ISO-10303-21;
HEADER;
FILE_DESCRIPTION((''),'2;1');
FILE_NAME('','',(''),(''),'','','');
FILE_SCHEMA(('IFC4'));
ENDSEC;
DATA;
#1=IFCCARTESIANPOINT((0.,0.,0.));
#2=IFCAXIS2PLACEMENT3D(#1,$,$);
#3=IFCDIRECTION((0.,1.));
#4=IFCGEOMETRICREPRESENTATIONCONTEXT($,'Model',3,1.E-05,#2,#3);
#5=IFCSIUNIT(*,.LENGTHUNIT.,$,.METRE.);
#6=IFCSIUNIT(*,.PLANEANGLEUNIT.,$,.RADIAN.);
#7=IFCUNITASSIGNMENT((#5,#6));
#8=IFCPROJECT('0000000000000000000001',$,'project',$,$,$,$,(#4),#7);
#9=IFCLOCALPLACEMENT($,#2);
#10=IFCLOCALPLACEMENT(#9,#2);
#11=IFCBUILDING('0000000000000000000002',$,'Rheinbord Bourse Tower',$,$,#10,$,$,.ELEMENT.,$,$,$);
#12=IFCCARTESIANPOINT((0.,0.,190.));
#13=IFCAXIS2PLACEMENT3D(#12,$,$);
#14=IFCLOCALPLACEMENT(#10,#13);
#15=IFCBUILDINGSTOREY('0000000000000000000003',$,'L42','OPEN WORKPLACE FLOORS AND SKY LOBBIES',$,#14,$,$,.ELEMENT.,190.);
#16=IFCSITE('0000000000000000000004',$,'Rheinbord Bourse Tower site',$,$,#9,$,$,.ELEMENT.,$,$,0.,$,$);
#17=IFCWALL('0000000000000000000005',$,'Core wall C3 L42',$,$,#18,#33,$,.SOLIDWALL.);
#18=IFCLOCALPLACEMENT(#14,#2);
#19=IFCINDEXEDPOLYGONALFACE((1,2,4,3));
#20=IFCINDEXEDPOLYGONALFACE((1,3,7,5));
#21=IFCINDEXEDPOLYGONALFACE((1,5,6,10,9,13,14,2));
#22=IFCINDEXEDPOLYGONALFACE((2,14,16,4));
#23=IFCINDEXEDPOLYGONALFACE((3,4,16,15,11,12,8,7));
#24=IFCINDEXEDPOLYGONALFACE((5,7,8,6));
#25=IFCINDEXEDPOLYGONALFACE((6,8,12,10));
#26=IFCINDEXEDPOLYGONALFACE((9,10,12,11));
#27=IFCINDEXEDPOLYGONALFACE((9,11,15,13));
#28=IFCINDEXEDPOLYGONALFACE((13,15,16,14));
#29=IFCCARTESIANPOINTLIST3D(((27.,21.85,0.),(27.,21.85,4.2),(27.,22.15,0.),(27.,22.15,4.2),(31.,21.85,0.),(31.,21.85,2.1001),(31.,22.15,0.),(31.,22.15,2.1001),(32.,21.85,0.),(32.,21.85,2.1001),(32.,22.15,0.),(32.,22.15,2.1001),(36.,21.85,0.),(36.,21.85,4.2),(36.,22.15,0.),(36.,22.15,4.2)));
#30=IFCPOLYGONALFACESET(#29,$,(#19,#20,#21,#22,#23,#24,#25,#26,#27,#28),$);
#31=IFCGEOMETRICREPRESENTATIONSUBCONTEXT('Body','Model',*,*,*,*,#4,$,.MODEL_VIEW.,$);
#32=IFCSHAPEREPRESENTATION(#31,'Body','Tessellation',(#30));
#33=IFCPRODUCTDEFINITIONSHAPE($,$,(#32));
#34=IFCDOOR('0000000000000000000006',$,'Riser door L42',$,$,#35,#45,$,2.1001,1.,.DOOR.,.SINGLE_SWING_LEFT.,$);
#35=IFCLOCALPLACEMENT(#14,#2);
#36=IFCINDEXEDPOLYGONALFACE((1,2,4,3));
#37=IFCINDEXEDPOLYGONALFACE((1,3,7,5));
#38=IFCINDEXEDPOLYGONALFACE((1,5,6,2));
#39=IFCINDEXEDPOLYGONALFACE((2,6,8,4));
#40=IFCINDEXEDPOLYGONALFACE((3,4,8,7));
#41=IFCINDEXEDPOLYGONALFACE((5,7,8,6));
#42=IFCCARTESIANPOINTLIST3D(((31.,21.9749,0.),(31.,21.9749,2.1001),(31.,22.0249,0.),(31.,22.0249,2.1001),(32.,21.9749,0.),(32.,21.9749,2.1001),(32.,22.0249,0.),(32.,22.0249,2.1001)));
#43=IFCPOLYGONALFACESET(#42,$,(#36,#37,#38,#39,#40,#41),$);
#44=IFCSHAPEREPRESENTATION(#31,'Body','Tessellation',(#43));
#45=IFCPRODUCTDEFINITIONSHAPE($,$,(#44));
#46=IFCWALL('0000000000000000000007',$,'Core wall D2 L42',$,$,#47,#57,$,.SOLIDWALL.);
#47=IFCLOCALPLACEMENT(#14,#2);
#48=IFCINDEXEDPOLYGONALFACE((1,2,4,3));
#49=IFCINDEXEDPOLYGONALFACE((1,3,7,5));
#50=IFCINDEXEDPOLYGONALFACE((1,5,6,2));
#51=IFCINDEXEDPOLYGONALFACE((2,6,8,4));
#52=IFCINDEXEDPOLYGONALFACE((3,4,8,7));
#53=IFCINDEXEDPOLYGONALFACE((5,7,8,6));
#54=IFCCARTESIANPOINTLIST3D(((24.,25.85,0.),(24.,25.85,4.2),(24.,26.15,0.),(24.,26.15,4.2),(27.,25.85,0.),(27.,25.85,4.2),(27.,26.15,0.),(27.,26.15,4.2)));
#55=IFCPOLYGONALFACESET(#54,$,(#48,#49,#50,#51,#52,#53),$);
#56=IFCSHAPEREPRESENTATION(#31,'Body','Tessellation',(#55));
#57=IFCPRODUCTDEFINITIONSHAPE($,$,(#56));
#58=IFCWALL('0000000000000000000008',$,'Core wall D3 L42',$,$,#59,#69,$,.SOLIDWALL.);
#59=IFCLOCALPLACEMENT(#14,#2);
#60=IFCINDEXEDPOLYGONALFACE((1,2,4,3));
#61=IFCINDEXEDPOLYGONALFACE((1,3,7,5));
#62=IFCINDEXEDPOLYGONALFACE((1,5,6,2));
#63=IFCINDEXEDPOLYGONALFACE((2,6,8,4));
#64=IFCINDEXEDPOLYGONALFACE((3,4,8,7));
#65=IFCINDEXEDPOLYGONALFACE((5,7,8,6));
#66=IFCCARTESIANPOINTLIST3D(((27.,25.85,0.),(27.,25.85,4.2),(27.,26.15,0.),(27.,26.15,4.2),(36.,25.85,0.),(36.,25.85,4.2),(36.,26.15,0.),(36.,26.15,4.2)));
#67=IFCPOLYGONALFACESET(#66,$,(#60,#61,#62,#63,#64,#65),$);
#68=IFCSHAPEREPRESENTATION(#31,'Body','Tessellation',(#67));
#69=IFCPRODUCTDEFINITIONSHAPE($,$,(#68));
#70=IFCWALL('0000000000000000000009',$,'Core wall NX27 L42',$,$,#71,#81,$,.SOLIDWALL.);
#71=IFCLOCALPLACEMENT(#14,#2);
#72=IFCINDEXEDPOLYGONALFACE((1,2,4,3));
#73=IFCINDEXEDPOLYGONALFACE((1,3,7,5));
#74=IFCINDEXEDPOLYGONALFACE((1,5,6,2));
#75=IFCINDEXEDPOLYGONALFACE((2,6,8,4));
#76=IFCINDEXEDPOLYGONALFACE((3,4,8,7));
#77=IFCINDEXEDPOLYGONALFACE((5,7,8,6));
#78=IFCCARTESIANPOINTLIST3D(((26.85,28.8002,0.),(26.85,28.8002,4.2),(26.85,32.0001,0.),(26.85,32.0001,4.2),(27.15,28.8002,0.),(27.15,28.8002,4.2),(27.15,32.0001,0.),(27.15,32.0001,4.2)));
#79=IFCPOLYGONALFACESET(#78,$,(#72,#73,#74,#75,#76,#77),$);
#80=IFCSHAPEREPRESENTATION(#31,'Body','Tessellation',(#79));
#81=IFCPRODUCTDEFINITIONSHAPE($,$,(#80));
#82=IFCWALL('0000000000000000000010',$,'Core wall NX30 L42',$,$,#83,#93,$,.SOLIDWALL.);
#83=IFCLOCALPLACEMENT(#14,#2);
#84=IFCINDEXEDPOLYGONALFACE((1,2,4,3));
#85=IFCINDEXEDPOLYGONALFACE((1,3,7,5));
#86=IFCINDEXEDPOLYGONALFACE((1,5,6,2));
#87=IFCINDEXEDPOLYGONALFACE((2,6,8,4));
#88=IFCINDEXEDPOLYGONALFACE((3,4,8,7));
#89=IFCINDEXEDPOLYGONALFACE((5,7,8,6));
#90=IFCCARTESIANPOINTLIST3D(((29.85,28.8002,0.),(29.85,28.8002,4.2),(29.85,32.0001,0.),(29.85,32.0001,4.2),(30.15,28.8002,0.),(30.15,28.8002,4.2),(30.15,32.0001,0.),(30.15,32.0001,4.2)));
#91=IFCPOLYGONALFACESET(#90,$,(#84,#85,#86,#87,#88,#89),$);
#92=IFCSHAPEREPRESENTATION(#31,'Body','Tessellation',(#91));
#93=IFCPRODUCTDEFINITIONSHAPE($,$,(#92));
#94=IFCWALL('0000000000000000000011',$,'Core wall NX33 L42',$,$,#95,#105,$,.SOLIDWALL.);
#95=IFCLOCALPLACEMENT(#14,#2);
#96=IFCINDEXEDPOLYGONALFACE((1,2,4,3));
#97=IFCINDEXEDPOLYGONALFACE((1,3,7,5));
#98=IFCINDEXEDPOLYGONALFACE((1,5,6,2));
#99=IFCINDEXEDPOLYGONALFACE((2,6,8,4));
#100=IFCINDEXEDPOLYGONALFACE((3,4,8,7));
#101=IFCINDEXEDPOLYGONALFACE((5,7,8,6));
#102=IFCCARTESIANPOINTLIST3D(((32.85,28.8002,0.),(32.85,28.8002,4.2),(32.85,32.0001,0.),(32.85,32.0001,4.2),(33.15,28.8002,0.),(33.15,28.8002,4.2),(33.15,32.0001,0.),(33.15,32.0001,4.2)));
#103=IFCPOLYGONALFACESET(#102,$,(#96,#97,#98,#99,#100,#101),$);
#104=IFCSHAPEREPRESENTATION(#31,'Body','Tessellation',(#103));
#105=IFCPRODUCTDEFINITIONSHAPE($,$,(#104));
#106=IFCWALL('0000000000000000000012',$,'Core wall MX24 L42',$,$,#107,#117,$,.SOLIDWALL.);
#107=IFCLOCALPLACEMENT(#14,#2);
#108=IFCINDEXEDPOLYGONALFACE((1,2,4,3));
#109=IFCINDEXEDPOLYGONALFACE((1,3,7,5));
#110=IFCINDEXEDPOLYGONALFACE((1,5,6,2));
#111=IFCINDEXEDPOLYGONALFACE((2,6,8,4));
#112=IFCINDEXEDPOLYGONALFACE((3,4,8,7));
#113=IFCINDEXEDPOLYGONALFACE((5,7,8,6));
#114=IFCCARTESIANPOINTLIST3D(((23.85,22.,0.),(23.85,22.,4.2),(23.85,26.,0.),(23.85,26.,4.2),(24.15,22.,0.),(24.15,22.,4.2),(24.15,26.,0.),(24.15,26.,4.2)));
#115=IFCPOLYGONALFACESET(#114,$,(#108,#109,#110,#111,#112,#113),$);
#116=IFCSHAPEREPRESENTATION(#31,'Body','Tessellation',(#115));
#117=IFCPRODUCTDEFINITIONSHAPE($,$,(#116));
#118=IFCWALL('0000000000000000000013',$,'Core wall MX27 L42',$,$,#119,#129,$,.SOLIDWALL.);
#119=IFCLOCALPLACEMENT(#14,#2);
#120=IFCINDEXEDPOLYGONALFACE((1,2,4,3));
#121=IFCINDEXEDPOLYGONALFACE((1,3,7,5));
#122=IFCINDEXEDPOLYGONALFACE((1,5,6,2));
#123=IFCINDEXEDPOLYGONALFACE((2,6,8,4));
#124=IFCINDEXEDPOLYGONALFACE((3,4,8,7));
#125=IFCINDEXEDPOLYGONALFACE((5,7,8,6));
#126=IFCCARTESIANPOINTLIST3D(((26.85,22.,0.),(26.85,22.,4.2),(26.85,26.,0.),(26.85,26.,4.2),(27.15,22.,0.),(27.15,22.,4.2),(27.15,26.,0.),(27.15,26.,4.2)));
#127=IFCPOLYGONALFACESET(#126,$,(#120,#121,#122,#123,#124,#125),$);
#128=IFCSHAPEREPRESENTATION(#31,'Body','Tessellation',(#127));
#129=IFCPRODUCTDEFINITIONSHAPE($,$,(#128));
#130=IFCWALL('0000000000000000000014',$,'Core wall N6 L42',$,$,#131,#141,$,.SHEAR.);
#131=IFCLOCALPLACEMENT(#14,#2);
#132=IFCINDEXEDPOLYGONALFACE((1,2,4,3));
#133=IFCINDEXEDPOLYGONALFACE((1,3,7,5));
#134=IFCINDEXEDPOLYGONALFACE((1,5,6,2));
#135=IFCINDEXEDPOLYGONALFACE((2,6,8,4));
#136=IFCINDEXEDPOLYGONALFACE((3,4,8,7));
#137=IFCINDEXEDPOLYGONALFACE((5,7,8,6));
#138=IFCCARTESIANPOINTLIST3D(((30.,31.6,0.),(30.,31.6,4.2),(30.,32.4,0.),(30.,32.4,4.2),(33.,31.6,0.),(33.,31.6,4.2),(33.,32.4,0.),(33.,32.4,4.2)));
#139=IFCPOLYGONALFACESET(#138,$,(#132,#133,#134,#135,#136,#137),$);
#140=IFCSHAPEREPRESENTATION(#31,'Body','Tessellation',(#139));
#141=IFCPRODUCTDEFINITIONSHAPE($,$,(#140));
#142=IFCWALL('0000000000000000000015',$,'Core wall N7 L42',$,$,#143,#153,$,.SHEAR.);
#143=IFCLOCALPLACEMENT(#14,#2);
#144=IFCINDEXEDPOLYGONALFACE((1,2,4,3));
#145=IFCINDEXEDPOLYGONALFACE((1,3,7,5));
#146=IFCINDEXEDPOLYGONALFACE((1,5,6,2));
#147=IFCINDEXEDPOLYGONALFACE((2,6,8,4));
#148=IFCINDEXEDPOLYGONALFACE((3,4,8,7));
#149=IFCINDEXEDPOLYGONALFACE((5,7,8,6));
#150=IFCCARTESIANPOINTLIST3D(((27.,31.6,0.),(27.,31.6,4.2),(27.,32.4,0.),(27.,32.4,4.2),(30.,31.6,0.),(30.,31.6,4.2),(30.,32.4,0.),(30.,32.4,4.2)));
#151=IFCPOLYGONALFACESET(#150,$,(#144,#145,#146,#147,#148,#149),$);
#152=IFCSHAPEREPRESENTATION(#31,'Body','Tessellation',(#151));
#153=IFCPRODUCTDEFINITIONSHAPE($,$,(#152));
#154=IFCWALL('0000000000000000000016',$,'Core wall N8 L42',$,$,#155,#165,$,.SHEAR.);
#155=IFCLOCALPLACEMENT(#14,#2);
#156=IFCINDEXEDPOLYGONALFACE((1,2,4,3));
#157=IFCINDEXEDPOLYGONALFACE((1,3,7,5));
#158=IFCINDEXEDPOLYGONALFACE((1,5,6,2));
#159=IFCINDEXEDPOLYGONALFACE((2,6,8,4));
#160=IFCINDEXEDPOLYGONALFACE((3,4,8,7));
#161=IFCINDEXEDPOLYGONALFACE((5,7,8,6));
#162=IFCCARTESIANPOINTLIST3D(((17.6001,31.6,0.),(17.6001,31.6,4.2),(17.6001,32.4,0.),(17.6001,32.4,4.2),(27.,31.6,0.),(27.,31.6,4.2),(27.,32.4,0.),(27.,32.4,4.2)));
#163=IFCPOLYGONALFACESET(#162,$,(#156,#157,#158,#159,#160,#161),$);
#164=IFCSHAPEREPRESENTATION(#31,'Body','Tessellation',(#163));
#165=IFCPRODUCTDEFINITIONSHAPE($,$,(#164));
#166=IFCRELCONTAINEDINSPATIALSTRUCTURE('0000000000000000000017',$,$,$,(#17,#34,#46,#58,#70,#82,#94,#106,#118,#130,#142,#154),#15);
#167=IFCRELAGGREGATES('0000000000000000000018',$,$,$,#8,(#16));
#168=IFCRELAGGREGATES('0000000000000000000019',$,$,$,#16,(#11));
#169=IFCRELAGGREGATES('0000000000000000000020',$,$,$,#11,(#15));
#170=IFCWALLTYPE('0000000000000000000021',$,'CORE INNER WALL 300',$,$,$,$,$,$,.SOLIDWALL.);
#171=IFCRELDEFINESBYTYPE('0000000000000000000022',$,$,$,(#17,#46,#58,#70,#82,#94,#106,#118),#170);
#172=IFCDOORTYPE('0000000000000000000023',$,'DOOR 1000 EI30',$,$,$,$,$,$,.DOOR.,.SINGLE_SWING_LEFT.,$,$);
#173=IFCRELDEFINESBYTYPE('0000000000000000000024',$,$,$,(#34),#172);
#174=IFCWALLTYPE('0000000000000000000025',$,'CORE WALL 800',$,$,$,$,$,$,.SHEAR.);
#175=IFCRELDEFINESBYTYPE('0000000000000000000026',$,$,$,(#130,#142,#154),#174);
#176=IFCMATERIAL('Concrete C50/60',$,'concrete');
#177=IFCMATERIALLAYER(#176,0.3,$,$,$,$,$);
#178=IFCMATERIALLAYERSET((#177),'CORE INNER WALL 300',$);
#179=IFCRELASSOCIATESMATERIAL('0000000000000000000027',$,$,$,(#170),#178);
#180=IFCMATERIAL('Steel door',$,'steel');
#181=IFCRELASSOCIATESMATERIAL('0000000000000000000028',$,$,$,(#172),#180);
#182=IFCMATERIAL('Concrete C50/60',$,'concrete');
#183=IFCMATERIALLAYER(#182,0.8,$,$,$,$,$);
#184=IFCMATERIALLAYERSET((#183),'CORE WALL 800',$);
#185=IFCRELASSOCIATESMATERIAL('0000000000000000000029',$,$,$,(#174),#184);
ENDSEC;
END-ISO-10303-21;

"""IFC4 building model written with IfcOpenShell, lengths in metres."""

from ifc_helpers import new_model, si_unit, direction, frame, frame_2d, origin, place, context, subcontext, project, spatial, rectangle, extrude, material, layer, layer_set, type_object, element, fill, save


model = new_model("IFC4")

# Units and contexts
model_context = context("Model", 3, precision=1e-05, world=origin(), true_north=direction((0.0, 1.0)))
body_context = subcontext(model_context, "Body", "Model", "MODEL_VIEW")
ifc_project = project(units=[si_unit("LENGTHUNIT", "METRE"), si_unit("PLANEANGLEUNIT", "RADIAN")], contexts=[model_context])

# Site, building, storey
site_placement = place(None, origin())
site = spatial("IfcSite", under=ifc_project, at=site_placement, Name="Rheinbord Bourse Tower site", CompositionType="ELEMENT", RefElevation=0.0)
building_placement = place(site_placement, origin())
building = spatial("IfcBuilding", under=site, at=building_placement, Name="Rheinbord Bourse Tower", CompositionType="ELEMENT")
storey_placement = place(building_placement, frame((0.0, 0.0, 190.0)))
storey = spatial("IfcBuildingStorey", under=building, at=storey_placement, Name="L42", Description="OPEN WORKPLACE FLOORS AND SKY LOBBIES", CompositionType="ELEMENT", Elevation=190.0)

# Wall, opening, door
ifc_material_1 = material(Name="Concrete C50/60", Category="concrete")
ifc_layer_1 = layer(ifc_material_1, 0.3)
ifc_layer_set_1 = layer_set([ifc_layer_1], Name="CORE INNER WALL 300")
wall_type_1 = type_object("IfcWallType", Name="CORE INNER WALL 300", PredefinedType="SOLIDWALL", material=ifc_layer_set_1)
wall_1_placement = place(storey_placement, frame((27.0, 22.0, 0.0), z_axis=(0.0, 0.0, 1.0), x_axis=(1.0, 0.0, 0.0)))
wall_1 = element("IfcWall", 1, at=wall_1_placement, inside=storey, type_object=wall_type_1, Name="Core wall C3 L42", PredefinedType="SOLIDWALL", context=body_context, shape_type="SweptSolid", body=[
    extrude(rectangle(XDim=9.0, YDim=0.3, at=frame_2d((4.5, 0.0))), origin(), (0.0, 0.0, 1.0), 4.2),
])
opening_1_placement = place(wall_1_placement, frame((4.0, 0.0, 0.0)))
opening_1 = element("IfcOpeningElement", 2, at=opening_1_placement, cuts=wall_1, PredefinedType="OPENING", context=body_context, shape_type="SweptSolid", body=[
    extrude(rectangle(XDim=1.0, YDim=2.1001, at=frame_2d((0.5, 1.05))), frame((0.0, 0.1599, 0.0), z_axis=(0.0, -1.0, 0.0), x_axis=(1.0, 0.0, 0.0)), (0.0, 0.0, 1.0), 0.3201),
])
ifc_material_2 = material(Name="Steel door", Category="steel")
door_type_1 = type_object("IfcDoorType", Name="DOOR 1000 EI30", OperationType="SINGLE_SWING_LEFT", PredefinedType="DOOR", material=ifc_material_2)
door_1_placement = place(opening_1_placement, origin())
door_1 = element("IfcDoor", 3, at=door_1_placement, inside=storey, type_object=door_type_1, Name="Riser door L42", OperationType="SINGLE_SWING_LEFT", OverallHeight=2.1001, OverallWidth=1.0, PredefinedType="DOOR", context=body_context, shape_type="SweptSolid", body=[
    extrude(rectangle(XDim=1.0, YDim=2.1001, at=frame_2d((0.5, 1.05))), frame((0.0, 0.0249, 0.0), z_axis=(0.0, -1.0, 0.0), x_axis=(1.0, 0.0, 0.0)), (0.0, 0.0, 1.0), 0.05),
])
fill(opening_1, door_1)

# Walls
wall_2_placement = place(storey_placement, frame((24.0, 26.0, 0.0), z_axis=(0.0, 0.0, 1.0), x_axis=(1.0, 0.0, 0.0)))
element("IfcWall", 4, at=wall_2_placement, inside=storey, type_object=wall_type_1, Name="Core wall D2 L42", PredefinedType="SOLIDWALL", context=body_context, shape_type="SweptSolid", body=[
    extrude(rectangle(XDim=3.0, YDim=0.3, at=frame_2d((1.5, 0.0))), origin(), (0.0, 0.0, 1.0), 4.2),
])
wall_3_placement = place(storey_placement, frame((27.0, 26.0, 0.0), z_axis=(0.0, 0.0, 1.0), x_axis=(1.0, 0.0, 0.0)))
element("IfcWall", 5, at=wall_3_placement, inside=storey, type_object=wall_type_1, Name="Core wall D3 L42", PredefinedType="SOLIDWALL", context=body_context, shape_type="SweptSolid", body=[
    extrude(rectangle(XDim=9.0, YDim=0.3, at=frame_2d((4.5, 0.0))), origin(), (0.0, 0.0, 1.0), 4.2),
])
for number, where, z_axis, x_axis, name in (
    (6, (27.0, 28.8, 0.0), (0.0, 0.0, 1.0), (0.0, 1.0, 0.0), "Core wall NX27 L42"),
    (7, (30.0, 28.8, 0.0), (0.0, 0.0, 1.0), (0.0, 1.0, 0.0), "Core wall NX30 L42"),
    (8, (33.0, 28.8, 0.0), (0.0, 0.0, 1.0), (0.0, 1.0, 0.0), "Core wall NX33 L42"),
):
    element("IfcWall", number, at=place(storey_placement, frame(where, z_axis=z_axis, x_axis=x_axis)), inside=storey, type_object=wall_type_1, Name=name, PredefinedType="SOLIDWALL", context=body_context, shape_type="SweptSolid", body=[
        extrude(rectangle(XDim=3.2, YDim=0.3, at=frame_2d((1.6001, 0.0))), origin(), (0.0, 0.0, 1.0), 4.2),
    ])
for number, where, z_axis, x_axis, name in (
    (9, (24.0, 22.0, 0.0), (0.0, 0.0, 1.0), (0.0, 1.0, 0.0), "Core wall MX24 L42"),
    (10, (27.0, 22.0, 0.0), (0.0, 0.0, 1.0), (0.0, 1.0, 0.0), "Core wall MX27 L42"),
):
    element("IfcWall", number, at=place(storey_placement, frame(where, z_axis=z_axis, x_axis=x_axis)), inside=storey, type_object=wall_type_1, Name=name, PredefinedType="SOLIDWALL", context=body_context, shape_type="SweptSolid", body=[
        extrude(rectangle(XDim=4.0, YDim=0.3, at=frame_2d((2.0, 0.0))), origin(), (0.0, 0.0, 1.0), 4.2),
    ])
ifc_material_3 = material(Name="Concrete C50/60", Category="concrete")
ifc_layer_2 = layer(ifc_material_3, 0.8)
ifc_layer_set_2 = layer_set([ifc_layer_2], Name="CORE WALL 800")
wall_type_2 = type_object("IfcWallType", Name="CORE WALL 800", PredefinedType="SHEAR", material=ifc_layer_set_2)
for number, where, z_axis, x_axis, name in (
    (11, (33.0, 32.0, 0.0), (0.0, 0.0, 1.0), (-1.0, 0.0, 0.0), "Core wall N6 L42"),
    (12, (30.0, 32.0, 0.0), (0.0, 0.0, 1.0), (-1.0, 0.0, 0.0), "Core wall N7 L42"),
):
    element("IfcWall", number, at=place(storey_placement, frame(where, z_axis=z_axis, x_axis=x_axis)), inside=storey, type_object=wall_type_2, Name=name, PredefinedType="SHEAR", context=body_context, shape_type="SweptSolid", body=[
        extrude(rectangle(XDim=3.0, YDim=0.8, at=frame_2d((1.5, 0.0))), origin(), (0.0, 0.0, 1.0), 4.2),
    ])
wall_4_placement = place(storey_placement, frame((27.0, 32.0, 0.0), z_axis=(0.0, 0.0, 1.0), x_axis=(-1.0, 0.0, 0.0)))
element("IfcWall", 13, at=wall_4_placement, inside=storey, type_object=wall_type_2, Name="Core wall N8 L42", PredefinedType="SHEAR", context=body_context, shape_type="SweptSolid", body=[
    extrude(rectangle(XDim=9.3999, YDim=0.8, at=frame_2d((4.7, 0.0))), origin(), (0.0, 0.0, 1.0), 4.2),
])

save(model, "model.ifc")
